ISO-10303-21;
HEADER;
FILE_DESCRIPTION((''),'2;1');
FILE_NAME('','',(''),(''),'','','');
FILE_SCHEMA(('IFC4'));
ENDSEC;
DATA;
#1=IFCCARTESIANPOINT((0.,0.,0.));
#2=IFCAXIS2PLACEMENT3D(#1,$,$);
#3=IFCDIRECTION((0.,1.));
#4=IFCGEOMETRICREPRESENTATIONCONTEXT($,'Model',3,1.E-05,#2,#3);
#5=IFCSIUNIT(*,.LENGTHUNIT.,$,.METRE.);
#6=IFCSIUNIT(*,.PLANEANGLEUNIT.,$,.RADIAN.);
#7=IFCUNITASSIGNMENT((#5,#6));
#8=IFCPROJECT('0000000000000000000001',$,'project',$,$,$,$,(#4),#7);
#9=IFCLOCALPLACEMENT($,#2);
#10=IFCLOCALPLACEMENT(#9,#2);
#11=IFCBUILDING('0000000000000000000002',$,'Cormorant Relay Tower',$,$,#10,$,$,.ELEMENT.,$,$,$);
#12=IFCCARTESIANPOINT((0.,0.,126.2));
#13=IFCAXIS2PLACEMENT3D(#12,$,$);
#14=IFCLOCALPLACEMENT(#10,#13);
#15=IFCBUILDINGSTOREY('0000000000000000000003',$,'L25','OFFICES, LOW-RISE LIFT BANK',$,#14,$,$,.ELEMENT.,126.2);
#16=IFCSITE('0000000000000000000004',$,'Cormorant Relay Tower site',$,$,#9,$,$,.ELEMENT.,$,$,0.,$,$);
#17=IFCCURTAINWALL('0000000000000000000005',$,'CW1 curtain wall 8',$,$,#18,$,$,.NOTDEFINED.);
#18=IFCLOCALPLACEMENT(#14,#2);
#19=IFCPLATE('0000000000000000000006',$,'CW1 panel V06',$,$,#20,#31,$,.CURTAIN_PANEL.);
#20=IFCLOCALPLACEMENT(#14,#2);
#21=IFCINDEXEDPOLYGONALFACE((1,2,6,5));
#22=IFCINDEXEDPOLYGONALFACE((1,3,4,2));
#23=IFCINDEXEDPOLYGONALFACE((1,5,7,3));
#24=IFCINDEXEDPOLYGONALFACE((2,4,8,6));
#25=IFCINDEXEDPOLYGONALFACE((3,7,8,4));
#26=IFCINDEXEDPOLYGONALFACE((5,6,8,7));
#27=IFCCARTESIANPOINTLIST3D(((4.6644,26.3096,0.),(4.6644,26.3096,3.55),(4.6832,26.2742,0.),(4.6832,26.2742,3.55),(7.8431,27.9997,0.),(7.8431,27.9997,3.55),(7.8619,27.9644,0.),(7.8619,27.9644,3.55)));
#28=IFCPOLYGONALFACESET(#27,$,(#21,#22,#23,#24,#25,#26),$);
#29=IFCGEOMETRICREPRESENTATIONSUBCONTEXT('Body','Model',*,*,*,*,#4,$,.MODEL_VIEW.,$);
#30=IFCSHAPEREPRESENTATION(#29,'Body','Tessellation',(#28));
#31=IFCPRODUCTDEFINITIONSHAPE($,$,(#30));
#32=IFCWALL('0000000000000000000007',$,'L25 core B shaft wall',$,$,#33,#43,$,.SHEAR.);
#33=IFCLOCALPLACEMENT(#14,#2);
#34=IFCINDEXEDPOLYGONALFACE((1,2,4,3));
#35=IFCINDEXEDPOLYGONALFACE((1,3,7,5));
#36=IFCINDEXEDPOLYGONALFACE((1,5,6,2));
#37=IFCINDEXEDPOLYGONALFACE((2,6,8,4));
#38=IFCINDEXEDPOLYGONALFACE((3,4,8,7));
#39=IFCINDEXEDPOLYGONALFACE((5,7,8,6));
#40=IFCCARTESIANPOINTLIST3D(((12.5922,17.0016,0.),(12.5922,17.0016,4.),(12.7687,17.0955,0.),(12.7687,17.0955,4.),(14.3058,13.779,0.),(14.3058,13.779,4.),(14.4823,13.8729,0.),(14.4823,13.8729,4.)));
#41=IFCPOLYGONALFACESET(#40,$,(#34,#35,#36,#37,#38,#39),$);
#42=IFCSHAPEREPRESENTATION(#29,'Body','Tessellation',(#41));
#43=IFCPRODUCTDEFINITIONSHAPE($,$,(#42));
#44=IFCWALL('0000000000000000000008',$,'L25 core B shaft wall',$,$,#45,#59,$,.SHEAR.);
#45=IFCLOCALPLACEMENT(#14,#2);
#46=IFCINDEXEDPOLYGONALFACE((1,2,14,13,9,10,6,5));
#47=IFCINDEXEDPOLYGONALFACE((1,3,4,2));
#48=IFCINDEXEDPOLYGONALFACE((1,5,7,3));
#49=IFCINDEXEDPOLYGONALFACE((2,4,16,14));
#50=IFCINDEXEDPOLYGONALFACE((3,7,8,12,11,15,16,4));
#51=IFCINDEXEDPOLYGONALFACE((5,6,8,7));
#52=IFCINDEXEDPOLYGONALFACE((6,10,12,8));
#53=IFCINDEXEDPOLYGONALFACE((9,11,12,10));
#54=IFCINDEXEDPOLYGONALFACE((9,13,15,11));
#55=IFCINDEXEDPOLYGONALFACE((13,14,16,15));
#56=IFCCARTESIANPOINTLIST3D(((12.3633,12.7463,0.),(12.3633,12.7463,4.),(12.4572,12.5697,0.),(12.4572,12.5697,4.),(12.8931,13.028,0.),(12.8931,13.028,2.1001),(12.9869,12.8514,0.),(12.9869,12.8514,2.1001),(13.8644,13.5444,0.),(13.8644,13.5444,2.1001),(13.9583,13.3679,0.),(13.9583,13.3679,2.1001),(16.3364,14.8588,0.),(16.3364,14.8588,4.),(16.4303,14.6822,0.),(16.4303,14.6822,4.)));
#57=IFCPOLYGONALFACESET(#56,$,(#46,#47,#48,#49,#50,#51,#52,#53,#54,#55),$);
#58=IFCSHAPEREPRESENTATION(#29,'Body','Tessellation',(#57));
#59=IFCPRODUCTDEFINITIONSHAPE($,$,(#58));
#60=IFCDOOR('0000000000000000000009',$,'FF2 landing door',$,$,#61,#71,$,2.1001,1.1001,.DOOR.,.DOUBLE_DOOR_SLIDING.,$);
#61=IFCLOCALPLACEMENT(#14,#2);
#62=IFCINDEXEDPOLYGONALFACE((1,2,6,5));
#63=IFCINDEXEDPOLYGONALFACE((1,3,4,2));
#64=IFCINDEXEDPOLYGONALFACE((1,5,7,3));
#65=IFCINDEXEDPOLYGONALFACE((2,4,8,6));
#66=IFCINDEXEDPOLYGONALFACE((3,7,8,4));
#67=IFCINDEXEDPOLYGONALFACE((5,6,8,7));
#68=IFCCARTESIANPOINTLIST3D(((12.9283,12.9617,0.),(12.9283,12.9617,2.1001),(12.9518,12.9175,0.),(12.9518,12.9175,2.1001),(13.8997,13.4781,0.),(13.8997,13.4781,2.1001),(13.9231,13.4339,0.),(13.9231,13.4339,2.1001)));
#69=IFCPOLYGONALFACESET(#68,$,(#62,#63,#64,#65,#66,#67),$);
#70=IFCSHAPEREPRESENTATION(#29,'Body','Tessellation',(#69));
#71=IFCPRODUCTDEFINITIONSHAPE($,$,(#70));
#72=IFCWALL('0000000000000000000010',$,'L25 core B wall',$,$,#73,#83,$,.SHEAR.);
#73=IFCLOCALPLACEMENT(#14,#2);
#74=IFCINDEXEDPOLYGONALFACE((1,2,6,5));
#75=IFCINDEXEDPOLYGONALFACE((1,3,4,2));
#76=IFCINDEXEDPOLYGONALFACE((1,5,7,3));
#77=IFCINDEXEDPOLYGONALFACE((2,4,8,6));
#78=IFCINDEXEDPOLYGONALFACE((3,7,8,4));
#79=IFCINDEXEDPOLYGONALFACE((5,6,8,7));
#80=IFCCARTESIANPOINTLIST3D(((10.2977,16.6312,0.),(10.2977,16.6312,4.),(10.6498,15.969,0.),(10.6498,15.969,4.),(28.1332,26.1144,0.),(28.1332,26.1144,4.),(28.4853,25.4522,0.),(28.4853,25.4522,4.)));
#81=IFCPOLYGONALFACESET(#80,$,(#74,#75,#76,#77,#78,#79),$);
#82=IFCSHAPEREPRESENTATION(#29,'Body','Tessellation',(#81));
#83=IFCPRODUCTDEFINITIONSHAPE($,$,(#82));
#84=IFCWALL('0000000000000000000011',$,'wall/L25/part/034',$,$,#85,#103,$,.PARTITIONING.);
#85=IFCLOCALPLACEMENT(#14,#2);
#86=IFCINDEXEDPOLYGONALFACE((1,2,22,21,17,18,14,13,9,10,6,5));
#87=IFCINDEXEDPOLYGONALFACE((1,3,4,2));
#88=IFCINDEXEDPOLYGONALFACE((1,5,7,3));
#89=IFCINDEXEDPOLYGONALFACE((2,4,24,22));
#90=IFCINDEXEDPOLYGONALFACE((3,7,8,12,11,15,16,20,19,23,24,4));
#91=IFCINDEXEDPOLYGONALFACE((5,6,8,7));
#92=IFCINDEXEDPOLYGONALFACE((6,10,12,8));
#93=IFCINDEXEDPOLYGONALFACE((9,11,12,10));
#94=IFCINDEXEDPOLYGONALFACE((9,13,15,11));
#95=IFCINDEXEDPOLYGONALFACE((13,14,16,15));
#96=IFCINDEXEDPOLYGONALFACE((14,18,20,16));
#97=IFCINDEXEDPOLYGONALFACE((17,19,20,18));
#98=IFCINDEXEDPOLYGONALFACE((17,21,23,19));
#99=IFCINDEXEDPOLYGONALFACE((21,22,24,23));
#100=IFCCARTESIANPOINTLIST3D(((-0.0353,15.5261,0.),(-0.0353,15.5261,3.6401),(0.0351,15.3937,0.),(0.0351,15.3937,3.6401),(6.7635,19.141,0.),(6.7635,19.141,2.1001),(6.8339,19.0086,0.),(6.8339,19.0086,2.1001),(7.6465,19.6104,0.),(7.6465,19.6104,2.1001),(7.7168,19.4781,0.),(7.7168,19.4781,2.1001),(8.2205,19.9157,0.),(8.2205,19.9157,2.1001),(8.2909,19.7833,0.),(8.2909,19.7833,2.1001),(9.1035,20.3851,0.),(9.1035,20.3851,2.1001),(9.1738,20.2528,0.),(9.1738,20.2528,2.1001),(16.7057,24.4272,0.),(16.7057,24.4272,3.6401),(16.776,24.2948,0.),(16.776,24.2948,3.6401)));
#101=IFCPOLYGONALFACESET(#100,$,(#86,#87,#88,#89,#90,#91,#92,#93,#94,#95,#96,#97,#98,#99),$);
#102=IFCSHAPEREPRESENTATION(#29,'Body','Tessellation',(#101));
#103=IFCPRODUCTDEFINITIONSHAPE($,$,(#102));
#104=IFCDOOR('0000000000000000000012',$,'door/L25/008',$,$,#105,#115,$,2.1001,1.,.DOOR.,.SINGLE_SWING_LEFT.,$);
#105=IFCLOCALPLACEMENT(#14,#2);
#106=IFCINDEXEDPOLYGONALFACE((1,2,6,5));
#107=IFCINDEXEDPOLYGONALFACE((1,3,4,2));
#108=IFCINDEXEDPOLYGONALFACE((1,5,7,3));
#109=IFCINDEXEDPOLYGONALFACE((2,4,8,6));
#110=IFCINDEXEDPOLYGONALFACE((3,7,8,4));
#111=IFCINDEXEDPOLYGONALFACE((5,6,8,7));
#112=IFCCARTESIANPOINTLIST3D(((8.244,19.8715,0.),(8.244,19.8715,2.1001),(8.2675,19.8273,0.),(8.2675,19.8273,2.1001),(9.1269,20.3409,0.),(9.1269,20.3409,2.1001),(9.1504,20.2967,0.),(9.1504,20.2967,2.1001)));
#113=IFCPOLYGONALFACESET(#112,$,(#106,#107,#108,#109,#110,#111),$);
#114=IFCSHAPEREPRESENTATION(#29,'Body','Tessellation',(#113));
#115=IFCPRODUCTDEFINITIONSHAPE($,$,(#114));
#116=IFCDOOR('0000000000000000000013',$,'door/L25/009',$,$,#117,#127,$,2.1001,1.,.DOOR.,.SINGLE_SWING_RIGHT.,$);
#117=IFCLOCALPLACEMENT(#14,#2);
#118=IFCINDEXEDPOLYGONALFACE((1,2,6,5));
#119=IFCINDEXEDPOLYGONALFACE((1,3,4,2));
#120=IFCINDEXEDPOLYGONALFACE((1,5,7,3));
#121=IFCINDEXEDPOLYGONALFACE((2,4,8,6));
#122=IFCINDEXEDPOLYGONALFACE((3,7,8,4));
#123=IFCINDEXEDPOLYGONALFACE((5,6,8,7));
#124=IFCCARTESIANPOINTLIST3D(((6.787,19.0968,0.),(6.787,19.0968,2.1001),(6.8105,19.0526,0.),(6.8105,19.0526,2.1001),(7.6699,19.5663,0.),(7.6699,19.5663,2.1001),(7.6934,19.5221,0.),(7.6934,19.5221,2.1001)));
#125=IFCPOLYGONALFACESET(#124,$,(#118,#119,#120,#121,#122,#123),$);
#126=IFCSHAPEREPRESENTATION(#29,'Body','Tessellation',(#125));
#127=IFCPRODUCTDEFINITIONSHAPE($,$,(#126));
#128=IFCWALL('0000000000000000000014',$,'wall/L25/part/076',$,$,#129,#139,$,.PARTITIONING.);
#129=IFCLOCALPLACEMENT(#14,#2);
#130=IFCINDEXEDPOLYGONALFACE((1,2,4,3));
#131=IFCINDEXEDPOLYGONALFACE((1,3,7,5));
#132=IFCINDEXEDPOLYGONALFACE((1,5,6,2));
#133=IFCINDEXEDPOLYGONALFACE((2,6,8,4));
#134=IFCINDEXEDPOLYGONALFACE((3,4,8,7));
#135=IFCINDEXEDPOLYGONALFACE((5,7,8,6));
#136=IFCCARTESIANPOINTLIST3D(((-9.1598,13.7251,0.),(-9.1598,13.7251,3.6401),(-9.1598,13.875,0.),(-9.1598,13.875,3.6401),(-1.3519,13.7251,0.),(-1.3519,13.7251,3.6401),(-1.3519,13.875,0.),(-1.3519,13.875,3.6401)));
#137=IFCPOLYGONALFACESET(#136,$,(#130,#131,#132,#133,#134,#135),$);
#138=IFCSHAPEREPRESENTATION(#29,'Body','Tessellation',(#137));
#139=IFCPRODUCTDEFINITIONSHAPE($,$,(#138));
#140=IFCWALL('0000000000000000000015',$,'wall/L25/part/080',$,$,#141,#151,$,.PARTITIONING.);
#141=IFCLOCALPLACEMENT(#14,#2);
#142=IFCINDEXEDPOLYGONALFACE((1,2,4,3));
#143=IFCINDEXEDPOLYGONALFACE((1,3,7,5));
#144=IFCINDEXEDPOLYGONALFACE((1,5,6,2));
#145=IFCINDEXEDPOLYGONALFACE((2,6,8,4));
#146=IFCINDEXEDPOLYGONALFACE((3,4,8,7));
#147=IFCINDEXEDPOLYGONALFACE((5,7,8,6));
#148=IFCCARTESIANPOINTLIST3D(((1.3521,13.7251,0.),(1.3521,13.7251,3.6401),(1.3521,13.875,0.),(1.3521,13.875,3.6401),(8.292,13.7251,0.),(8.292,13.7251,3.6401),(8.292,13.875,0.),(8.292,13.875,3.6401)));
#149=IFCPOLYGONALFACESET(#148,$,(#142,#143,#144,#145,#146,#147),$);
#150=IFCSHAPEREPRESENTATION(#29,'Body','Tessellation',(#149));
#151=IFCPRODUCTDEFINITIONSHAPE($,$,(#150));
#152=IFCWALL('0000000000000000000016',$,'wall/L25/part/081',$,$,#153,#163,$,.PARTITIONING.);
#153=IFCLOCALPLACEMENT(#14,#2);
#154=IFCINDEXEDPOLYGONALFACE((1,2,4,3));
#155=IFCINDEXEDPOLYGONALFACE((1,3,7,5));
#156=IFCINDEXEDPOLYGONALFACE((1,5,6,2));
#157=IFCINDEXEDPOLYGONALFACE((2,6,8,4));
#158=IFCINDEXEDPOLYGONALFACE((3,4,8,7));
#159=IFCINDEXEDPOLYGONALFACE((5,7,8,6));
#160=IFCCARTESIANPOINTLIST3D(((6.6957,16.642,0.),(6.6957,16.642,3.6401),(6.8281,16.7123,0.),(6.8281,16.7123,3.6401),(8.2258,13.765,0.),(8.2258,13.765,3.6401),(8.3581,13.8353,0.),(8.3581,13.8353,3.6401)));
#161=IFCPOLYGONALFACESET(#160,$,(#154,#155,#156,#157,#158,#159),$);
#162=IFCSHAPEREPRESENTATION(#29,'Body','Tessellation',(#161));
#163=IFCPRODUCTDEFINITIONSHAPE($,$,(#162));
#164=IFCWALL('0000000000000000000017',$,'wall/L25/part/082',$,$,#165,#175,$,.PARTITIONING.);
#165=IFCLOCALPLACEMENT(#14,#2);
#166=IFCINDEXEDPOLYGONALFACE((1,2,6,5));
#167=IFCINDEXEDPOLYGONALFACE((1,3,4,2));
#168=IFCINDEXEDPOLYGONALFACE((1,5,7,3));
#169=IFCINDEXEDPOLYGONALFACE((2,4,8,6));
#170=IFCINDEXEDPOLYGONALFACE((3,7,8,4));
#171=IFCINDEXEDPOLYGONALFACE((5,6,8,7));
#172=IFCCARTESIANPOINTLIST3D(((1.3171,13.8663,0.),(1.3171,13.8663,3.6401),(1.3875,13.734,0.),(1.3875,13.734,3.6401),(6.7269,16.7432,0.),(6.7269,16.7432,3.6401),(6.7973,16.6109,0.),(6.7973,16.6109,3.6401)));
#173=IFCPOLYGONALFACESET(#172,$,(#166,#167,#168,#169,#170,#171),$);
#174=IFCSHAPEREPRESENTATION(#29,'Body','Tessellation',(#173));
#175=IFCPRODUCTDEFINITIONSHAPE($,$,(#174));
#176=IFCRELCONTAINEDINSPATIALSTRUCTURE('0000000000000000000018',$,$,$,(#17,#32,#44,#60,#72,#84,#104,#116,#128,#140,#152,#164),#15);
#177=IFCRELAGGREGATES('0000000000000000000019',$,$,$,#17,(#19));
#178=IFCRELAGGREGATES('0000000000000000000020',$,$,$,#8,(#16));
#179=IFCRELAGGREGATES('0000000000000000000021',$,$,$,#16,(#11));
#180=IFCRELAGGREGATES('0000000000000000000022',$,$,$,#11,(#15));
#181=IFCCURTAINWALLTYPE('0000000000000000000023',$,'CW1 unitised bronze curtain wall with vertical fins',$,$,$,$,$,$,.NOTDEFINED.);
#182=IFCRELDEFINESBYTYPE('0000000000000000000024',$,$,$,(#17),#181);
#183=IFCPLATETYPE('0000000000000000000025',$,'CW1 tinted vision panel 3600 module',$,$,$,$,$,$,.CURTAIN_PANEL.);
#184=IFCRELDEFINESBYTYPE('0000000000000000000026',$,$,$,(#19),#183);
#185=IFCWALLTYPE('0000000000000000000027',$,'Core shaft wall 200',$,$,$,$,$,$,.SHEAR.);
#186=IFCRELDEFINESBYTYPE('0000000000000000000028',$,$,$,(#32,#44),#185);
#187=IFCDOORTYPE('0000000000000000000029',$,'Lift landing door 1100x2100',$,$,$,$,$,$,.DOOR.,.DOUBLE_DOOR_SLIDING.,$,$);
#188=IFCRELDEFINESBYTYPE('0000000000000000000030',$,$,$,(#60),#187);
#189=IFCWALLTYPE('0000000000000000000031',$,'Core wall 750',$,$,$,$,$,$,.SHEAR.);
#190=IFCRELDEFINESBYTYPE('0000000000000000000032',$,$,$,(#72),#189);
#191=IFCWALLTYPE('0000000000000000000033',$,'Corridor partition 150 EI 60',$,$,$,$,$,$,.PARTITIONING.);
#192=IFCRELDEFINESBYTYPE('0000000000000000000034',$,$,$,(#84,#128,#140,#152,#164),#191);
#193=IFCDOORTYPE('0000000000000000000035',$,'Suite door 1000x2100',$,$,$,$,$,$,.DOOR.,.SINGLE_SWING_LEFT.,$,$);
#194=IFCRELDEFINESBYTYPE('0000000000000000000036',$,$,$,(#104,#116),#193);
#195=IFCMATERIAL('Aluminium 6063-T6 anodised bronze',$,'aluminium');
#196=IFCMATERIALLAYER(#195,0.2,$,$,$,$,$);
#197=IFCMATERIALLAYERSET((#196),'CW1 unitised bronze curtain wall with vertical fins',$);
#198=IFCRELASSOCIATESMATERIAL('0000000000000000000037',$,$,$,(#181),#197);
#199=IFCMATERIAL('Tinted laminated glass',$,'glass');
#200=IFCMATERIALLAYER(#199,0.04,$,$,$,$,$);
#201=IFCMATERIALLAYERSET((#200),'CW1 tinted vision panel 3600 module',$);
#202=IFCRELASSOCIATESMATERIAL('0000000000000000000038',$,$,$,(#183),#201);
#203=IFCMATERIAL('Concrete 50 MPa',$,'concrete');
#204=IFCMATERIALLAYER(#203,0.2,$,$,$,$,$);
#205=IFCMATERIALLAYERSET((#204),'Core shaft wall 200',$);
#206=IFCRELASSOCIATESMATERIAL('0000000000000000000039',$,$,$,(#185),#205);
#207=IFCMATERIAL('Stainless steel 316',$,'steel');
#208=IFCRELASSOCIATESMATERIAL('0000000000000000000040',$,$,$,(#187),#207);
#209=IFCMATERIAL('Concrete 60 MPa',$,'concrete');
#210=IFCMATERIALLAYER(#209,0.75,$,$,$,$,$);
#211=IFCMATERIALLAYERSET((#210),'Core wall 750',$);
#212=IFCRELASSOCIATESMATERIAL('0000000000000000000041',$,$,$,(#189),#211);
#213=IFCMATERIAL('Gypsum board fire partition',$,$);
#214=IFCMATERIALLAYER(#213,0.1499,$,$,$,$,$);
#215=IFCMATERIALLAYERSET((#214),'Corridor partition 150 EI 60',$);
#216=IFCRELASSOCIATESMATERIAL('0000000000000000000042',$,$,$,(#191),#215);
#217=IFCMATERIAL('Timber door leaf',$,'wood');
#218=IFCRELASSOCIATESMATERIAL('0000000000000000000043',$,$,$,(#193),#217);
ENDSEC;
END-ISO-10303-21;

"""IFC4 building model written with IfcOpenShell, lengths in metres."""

from ifc_helpers import new_model, si_unit, direction, frame, frame_2d, origin, origin_2d, place, context, subcontext, project, spatial, rectangle, extrude, material, layer, layer_set, type_object, element, fill, aggregate, save


model = new_model("IFC4")

# Units and contexts
model_context = context("Model", 3, precision=1e-05, world=origin(), true_north=direction((0.0, 1.0)))
body_context = subcontext(model_context, "Body", "Model", "MODEL_VIEW")
ifc_project = project(units=[si_unit("LENGTHUNIT", "METRE"), si_unit("PLANEANGLEUNIT", "RADIAN")], contexts=[model_context])

# Site, building, storey
site_placement = place(None, origin())
site = spatial("IfcSite", under=ifc_project, at=site_placement, Name="Cormorant Relay Tower site", CompositionType="ELEMENT", RefElevation=0.0)
building_placement = place(site_placement, origin())
building = spatial("IfcBuilding", under=site, at=building_placement, Name="Cormorant Relay Tower", CompositionType="ELEMENT")
storey_placement = place(building_placement, frame((0.0, 0.0, 126.2)))
storey = spatial("IfcBuildingStorey", under=building, at=storey_placement, Name="L25", Description="OFFICES, LOW-RISE LIFT BANK", CompositionType="ELEMENT", Elevation=126.2)

# Curtain wall
ifc_material_1 = material(Name="Aluminium 6063-T6 anodised bronze", Category="aluminium")
ifc_layer_1 = layer(ifc_material_1, 0.2)
ifc_layer_set_1 = layer_set([ifc_layer_1], Name="CW1 unitised bronze curtain wall with vertical fins")
curtain_wall_type = type_object("IfcCurtainWallType", Name="CW1 unitised bronze curtain wall with vertical fins", PredefinedType="NOTDEFINED", material=ifc_layer_set_1)
curtain_wall_1_placement = place(storey_placement, origin())
curtain_wall_1 = element("IfcCurtainWall", 1, at=curtain_wall_1_placement, inside=storey, type_object=curtain_wall_type, Name="CW1 curtain wall 8", PredefinedType="NOTDEFINED")

# Plate
ifc_material_2 = material(Name="Tinted laminated glass", Category="glass")
ifc_layer_2 = layer(ifc_material_2, 0.04)
ifc_layer_set_2 = layer_set([ifc_layer_2], Name="CW1 tinted vision panel 3600 module")
plate_type_1 = type_object("IfcPlateType", Name="CW1 tinted vision panel 3600 module", PredefinedType="CURTAIN_PANEL", material=ifc_layer_set_2)
plate_1_placement = place(storey_placement, frame((6.2632, 27.137, 0.0), z_axis=(0.0, 0.0, 1.0), x_axis=(-0.882948, -0.469472, 0.0)))
plate_1 = element("IfcPlate", 2, at=plate_1_placement, type_object=plate_type_1, Name="CW1 panel V06", PredefinedType="CURTAIN_PANEL", context=body_context, shape_type="SweptSolid", body=[
    extrude(rectangle(XDim=3.6001, YDim=0.04, at=origin_2d()), origin(), (0.0, 0.0, 1.0), 3.55),
])

# Wall
ifc_material_3 = material(Name="Concrete 50 MPa", Category="concrete")
ifc_layer_3 = layer(ifc_material_3, 0.2)
ifc_layer_set_3 = layer_set([ifc_layer_3], Name="Core shaft wall 200")
wall_type_1 = type_object("IfcWallType", Name="Core shaft wall 200", PredefinedType="SHEAR", material=ifc_layer_set_3)
wall_1_placement = place(storey_placement, frame((14.394, 13.8259, 0.0), z_axis=(0.0, 0.0, 1.0), x_axis=(-0.469494, 0.882936, 0.0)))
element("IfcWall", 3, at=wall_1_placement, inside=storey, type_object=wall_type_1, Name="L25 core B shaft wall", PredefinedType="SHEAR", context=body_context, shape_type="SweptSolid", body=[
    extrude(rectangle(XDim=3.6499, YDim=0.2, at=frame_2d((1.825, 0.0))), origin(), (0.0, 0.0, 1.0), 4.0),
])

# Wall, opening, door
wall_2_placement = place(storey_placement, frame((12.4102, 12.658, 0.0), z_axis=(0.0, 0.0, 1.0), x_axis=(0.882948, 0.46947, 0.0)))
wall_2 = element("IfcWall", 4, at=wall_2_placement, inside=storey, type_object=wall_type_1, Name="L25 core B shaft wall", PredefinedType="SHEAR", context=body_context, shape_type="SweptSolid", body=[
    extrude(rectangle(XDim=4.4998, YDim=0.2, at=frame_2d((2.25, 0.0))), origin(), (0.0, 0.0, 1.0), 4.0),
])
opening_1_placement = place(wall_2_placement, frame((0.6001, 0.0, 0.0)))
opening_1 = element("IfcOpeningElement", 5, at=opening_1_placement, cuts=wall_2, PredefinedType="OPENING", context=body_context, shape_type="SweptSolid", body=[
    extrude(rectangle(XDim=1.1001, YDim=2.1001, at=frame_2d((0.55, 1.05))), frame((0.0, 0.1099, 0.0), z_axis=(0.0, -1.0, 0.0), x_axis=(1.0, 0.0, 0.0)), (0.0, 0.0, 1.0), 0.22),
])
ifc_material_4 = material(Name="Stainless steel 316", Category="steel")
door_type_1 = type_object("IfcDoorType", Name="Lift landing door 1100x2100", OperationType="DOUBLE_DOOR_SLIDING", PredefinedType="DOOR", material=ifc_material_4)
door_1_placement = place(opening_1_placement, origin())
door_1 = element("IfcDoor", 6, at=door_1_placement, inside=storey, type_object=door_type_1, Name="FF2 landing door", OperationType="DOUBLE_DOOR_SLIDING", OverallHeight=2.1001, OverallWidth=1.1001, PredefinedType="DOOR", context=body_context, shape_type="SweptSolid", body=[
    extrude(rectangle(XDim=1.1001, YDim=2.1001, at=frame_2d((0.55, 1.05))), frame((0.0, 0.0249, 0.0), z_axis=(0.0, -1.0, 0.0), x_axis=(1.0, 0.0, 0.0)), (0.0, 0.0, 1.0), 0.05),
])
fill(opening_1, door_1)

# Wall
ifc_material_5 = material(Name="Concrete 60 MPa", Category="concrete")
ifc_layer_4 = layer(ifc_material_5, 0.75)
ifc_layer_set_4 = layer_set([ifc_layer_4], Name="Core wall 750")
wall_type_2 = type_object("IfcWallType", Name="Core wall 750", PredefinedType="SHEAR", material=ifc_layer_set_4)
wall_3_placement = place(storey_placement, frame((10.4736, 16.3, 0.0), z_axis=(0.0, 0.0, 1.0), x_axis=(0.88295, 0.469467, 0.0)))
element("IfcWall", 7, at=wall_3_placement, inside=storey, type_object=wall_type_2, Name="L25 core B wall", PredefinedType="SHEAR", context=body_context, shape_type="SweptSolid", body=[
    extrude(rectangle(XDim=20.2, YDim=0.75, at=frame_2d((10.1001, 0.0))), origin(), (0.0, 0.0, 1.0), 4.0),
])

# Wall, openings, doors
ifc_material_6 = material(Name="Gypsum board fire partition")
ifc_layer_5 = layer(ifc_material_6, 0.1499)
ifc_layer_set_5 = layer_set([ifc_layer_5], Name="Corridor partition 150 EI 60")
wall_type_3 = type_object("IfcWallType", Name="Corridor partition 150 EI 60", PredefinedType="PARTITIONING", material=ifc_layer_set_5)
wall_4_placement = place(storey_placement, frame((0.0, 15.46, 0.0), z_axis=(0.0, 0.0, 1.0), x_axis=(0.882952, 0.469463, 0.0)))
wall_4 = element("IfcWall", 8, at=wall_4_placement, inside=storey, type_object=wall_type_3, Name="wall/L25/part/034", PredefinedType="PARTITIONING", context=body_context, shape_type="SweptSolid", body=[
    extrude(rectangle(XDim=18.9602, YDim=0.1499, at=frame_2d((9.48, 0.0))), origin(), (0.0, 0.0, 1.0), 3.6401),
])
opening_2_placement = place(wall_4_placement, frame((9.3501, 0.0, 0.0)))
opening_2 = element("IfcOpeningElement", 9, at=opening_2_placement, cuts=wall_4, PredefinedType="OPENING", context=body_context, shape_type="SweptSolid", body=[
    extrude(rectangle(XDim=1.0, YDim=2.1001, at=frame_2d((0.5, 1.05))), frame((0.0, 0.085, 0.0), z_axis=(0.0, -1.0, 0.0), x_axis=(1.0, 0.0, 0.0)), (0.0, 0.0, 1.0), 0.1699),
])
opening_3_placement = place(wall_4_placement, frame((7.7, 0.0, 0.0)))
opening_3 = element("IfcOpeningElement", 10, at=opening_3_placement, cuts=wall_4, PredefinedType="OPENING", context=body_context, shape_type="SweptSolid", body=[
    extrude(rectangle(XDim=1.0, YDim=2.1001, at=frame_2d((0.5, 1.05))), frame((0.0, 0.085, 0.0), z_axis=(0.0, -1.0, 0.0), x_axis=(1.0, 0.0, 0.0)), (0.0, 0.0, 1.0), 0.1699),
])
ifc_material_7 = material(Name="Timber door leaf", Category="wood")
door_type_2 = type_object("IfcDoorType", Name="Suite door 1000x2100", OperationType="SINGLE_SWING_LEFT", PredefinedType="DOOR", material=ifc_material_7)
door_2_placement = place(opening_2_placement, origin())
door_2 = element("IfcDoor", 11, at=door_2_placement, inside=storey, type_object=door_type_2, Name="door/L25/008", OperationType="SINGLE_SWING_LEFT", OverallHeight=2.1001, OverallWidth=1.0, PredefinedType="DOOR", context=body_context, shape_type="SweptSolid", body=[
    extrude(rectangle(XDim=1.0, YDim=2.1001, at=frame_2d((0.5, 1.05))), frame((0.0, 0.0249, 0.0), z_axis=(0.0, -1.0, 0.0), x_axis=(1.0, 0.0, 0.0)), (0.0, 0.0, 1.0), 0.05),
])
fill(opening_2, door_2)
door_3_placement = place(opening_3_placement, origin())
door_3 = element("IfcDoor", 12, at=door_3_placement, inside=storey, type_object=door_type_2, Name="door/L25/009", OperationType="SINGLE_SWING_RIGHT", OverallHeight=2.1001, OverallWidth=1.0, PredefinedType="DOOR", context=body_context, shape_type="SweptSolid", body=[
    extrude(rectangle(XDim=1.0, YDim=2.1001, at=frame_2d((0.5, 1.05))), frame((0.0, 0.0249, 0.0), z_axis=(0.0, -1.0, 0.0), x_axis=(1.0, 0.0, 0.0)), (0.0, 0.0, 1.0), 0.05),
])
fill(opening_3, door_3)

# Walls
wall_5_placement = place(storey_placement, frame((-1.3521, 13.8, 0.0), z_axis=(0.0, 0.0, 1.0), x_axis=(-1.0, 0.0, 0.0)))
element("IfcWall", 13, at=wall_5_placement, inside=storey, type_object=wall_type_3, Name="wall/L25/part/076", PredefinedType="PARTITIONING", context=body_context, shape_type="SweptSolid", body=[
    extrude(rectangle(XDim=7.8079, YDim=0.1499, at=frame_2d((3.9038, 0.0))), origin(), (0.0, 0.0, 1.0), 3.6401),
])
wall_6_placement = place(storey_placement, frame((1.3521, 13.8, 0.0), z_axis=(0.0, 0.0, 1.0), x_axis=(1.0, 0.0, 0.0)))
element("IfcWall", 14, at=wall_6_placement, inside=storey, type_object=wall_type_3, Name="wall/L25/part/080", PredefinedType="PARTITIONING", context=body_context, shape_type="SweptSolid", body=[
    extrude(rectangle(XDim=6.9399, YDim=0.1499, at=frame_2d((3.47, 0.0))), origin(), (0.0, 0.0, 1.0), 3.6401),
])
wall_7_placement = place(storey_placement, frame((8.292, 13.8, 0.0), z_axis=(0.0, 0.0, 1.0), x_axis=(-0.46955, 0.882906, 0.0)))
element("IfcWall", 15, at=wall_7_placement, inside=storey, type_object=wall_type_3, Name="wall/L25/part/081", PredefinedType="PARTITIONING", context=body_context, shape_type="SweptSolid", body=[
    extrude(rectangle(XDim=3.2585, YDim=0.1499, at=frame_2d((1.6294, 0.0))), origin(), (0.0, 0.0, 1.0), 3.6401),
])
wall_8_placement = place(storey_placement, frame((6.762, 16.677, 0.0), z_axis=(0.0, 0.0, 1.0), x_axis=(-0.882917, -0.469529, 0.0)))
element("IfcWall", 16, at=wall_8_placement, inside=storey, type_object=wall_type_3, Name="wall/L25/part/082", PredefinedType="PARTITIONING", context=body_context, shape_type="SweptSolid", body=[
    extrude(rectangle(XDim=6.1272, YDim=0.1499, at=frame_2d((3.0635, 0.0))), origin(), (0.0, 0.0, 1.0), 3.6401),
])

aggregate(curtain_wall_1, [plate_1])

save(model, "model.ifc")
